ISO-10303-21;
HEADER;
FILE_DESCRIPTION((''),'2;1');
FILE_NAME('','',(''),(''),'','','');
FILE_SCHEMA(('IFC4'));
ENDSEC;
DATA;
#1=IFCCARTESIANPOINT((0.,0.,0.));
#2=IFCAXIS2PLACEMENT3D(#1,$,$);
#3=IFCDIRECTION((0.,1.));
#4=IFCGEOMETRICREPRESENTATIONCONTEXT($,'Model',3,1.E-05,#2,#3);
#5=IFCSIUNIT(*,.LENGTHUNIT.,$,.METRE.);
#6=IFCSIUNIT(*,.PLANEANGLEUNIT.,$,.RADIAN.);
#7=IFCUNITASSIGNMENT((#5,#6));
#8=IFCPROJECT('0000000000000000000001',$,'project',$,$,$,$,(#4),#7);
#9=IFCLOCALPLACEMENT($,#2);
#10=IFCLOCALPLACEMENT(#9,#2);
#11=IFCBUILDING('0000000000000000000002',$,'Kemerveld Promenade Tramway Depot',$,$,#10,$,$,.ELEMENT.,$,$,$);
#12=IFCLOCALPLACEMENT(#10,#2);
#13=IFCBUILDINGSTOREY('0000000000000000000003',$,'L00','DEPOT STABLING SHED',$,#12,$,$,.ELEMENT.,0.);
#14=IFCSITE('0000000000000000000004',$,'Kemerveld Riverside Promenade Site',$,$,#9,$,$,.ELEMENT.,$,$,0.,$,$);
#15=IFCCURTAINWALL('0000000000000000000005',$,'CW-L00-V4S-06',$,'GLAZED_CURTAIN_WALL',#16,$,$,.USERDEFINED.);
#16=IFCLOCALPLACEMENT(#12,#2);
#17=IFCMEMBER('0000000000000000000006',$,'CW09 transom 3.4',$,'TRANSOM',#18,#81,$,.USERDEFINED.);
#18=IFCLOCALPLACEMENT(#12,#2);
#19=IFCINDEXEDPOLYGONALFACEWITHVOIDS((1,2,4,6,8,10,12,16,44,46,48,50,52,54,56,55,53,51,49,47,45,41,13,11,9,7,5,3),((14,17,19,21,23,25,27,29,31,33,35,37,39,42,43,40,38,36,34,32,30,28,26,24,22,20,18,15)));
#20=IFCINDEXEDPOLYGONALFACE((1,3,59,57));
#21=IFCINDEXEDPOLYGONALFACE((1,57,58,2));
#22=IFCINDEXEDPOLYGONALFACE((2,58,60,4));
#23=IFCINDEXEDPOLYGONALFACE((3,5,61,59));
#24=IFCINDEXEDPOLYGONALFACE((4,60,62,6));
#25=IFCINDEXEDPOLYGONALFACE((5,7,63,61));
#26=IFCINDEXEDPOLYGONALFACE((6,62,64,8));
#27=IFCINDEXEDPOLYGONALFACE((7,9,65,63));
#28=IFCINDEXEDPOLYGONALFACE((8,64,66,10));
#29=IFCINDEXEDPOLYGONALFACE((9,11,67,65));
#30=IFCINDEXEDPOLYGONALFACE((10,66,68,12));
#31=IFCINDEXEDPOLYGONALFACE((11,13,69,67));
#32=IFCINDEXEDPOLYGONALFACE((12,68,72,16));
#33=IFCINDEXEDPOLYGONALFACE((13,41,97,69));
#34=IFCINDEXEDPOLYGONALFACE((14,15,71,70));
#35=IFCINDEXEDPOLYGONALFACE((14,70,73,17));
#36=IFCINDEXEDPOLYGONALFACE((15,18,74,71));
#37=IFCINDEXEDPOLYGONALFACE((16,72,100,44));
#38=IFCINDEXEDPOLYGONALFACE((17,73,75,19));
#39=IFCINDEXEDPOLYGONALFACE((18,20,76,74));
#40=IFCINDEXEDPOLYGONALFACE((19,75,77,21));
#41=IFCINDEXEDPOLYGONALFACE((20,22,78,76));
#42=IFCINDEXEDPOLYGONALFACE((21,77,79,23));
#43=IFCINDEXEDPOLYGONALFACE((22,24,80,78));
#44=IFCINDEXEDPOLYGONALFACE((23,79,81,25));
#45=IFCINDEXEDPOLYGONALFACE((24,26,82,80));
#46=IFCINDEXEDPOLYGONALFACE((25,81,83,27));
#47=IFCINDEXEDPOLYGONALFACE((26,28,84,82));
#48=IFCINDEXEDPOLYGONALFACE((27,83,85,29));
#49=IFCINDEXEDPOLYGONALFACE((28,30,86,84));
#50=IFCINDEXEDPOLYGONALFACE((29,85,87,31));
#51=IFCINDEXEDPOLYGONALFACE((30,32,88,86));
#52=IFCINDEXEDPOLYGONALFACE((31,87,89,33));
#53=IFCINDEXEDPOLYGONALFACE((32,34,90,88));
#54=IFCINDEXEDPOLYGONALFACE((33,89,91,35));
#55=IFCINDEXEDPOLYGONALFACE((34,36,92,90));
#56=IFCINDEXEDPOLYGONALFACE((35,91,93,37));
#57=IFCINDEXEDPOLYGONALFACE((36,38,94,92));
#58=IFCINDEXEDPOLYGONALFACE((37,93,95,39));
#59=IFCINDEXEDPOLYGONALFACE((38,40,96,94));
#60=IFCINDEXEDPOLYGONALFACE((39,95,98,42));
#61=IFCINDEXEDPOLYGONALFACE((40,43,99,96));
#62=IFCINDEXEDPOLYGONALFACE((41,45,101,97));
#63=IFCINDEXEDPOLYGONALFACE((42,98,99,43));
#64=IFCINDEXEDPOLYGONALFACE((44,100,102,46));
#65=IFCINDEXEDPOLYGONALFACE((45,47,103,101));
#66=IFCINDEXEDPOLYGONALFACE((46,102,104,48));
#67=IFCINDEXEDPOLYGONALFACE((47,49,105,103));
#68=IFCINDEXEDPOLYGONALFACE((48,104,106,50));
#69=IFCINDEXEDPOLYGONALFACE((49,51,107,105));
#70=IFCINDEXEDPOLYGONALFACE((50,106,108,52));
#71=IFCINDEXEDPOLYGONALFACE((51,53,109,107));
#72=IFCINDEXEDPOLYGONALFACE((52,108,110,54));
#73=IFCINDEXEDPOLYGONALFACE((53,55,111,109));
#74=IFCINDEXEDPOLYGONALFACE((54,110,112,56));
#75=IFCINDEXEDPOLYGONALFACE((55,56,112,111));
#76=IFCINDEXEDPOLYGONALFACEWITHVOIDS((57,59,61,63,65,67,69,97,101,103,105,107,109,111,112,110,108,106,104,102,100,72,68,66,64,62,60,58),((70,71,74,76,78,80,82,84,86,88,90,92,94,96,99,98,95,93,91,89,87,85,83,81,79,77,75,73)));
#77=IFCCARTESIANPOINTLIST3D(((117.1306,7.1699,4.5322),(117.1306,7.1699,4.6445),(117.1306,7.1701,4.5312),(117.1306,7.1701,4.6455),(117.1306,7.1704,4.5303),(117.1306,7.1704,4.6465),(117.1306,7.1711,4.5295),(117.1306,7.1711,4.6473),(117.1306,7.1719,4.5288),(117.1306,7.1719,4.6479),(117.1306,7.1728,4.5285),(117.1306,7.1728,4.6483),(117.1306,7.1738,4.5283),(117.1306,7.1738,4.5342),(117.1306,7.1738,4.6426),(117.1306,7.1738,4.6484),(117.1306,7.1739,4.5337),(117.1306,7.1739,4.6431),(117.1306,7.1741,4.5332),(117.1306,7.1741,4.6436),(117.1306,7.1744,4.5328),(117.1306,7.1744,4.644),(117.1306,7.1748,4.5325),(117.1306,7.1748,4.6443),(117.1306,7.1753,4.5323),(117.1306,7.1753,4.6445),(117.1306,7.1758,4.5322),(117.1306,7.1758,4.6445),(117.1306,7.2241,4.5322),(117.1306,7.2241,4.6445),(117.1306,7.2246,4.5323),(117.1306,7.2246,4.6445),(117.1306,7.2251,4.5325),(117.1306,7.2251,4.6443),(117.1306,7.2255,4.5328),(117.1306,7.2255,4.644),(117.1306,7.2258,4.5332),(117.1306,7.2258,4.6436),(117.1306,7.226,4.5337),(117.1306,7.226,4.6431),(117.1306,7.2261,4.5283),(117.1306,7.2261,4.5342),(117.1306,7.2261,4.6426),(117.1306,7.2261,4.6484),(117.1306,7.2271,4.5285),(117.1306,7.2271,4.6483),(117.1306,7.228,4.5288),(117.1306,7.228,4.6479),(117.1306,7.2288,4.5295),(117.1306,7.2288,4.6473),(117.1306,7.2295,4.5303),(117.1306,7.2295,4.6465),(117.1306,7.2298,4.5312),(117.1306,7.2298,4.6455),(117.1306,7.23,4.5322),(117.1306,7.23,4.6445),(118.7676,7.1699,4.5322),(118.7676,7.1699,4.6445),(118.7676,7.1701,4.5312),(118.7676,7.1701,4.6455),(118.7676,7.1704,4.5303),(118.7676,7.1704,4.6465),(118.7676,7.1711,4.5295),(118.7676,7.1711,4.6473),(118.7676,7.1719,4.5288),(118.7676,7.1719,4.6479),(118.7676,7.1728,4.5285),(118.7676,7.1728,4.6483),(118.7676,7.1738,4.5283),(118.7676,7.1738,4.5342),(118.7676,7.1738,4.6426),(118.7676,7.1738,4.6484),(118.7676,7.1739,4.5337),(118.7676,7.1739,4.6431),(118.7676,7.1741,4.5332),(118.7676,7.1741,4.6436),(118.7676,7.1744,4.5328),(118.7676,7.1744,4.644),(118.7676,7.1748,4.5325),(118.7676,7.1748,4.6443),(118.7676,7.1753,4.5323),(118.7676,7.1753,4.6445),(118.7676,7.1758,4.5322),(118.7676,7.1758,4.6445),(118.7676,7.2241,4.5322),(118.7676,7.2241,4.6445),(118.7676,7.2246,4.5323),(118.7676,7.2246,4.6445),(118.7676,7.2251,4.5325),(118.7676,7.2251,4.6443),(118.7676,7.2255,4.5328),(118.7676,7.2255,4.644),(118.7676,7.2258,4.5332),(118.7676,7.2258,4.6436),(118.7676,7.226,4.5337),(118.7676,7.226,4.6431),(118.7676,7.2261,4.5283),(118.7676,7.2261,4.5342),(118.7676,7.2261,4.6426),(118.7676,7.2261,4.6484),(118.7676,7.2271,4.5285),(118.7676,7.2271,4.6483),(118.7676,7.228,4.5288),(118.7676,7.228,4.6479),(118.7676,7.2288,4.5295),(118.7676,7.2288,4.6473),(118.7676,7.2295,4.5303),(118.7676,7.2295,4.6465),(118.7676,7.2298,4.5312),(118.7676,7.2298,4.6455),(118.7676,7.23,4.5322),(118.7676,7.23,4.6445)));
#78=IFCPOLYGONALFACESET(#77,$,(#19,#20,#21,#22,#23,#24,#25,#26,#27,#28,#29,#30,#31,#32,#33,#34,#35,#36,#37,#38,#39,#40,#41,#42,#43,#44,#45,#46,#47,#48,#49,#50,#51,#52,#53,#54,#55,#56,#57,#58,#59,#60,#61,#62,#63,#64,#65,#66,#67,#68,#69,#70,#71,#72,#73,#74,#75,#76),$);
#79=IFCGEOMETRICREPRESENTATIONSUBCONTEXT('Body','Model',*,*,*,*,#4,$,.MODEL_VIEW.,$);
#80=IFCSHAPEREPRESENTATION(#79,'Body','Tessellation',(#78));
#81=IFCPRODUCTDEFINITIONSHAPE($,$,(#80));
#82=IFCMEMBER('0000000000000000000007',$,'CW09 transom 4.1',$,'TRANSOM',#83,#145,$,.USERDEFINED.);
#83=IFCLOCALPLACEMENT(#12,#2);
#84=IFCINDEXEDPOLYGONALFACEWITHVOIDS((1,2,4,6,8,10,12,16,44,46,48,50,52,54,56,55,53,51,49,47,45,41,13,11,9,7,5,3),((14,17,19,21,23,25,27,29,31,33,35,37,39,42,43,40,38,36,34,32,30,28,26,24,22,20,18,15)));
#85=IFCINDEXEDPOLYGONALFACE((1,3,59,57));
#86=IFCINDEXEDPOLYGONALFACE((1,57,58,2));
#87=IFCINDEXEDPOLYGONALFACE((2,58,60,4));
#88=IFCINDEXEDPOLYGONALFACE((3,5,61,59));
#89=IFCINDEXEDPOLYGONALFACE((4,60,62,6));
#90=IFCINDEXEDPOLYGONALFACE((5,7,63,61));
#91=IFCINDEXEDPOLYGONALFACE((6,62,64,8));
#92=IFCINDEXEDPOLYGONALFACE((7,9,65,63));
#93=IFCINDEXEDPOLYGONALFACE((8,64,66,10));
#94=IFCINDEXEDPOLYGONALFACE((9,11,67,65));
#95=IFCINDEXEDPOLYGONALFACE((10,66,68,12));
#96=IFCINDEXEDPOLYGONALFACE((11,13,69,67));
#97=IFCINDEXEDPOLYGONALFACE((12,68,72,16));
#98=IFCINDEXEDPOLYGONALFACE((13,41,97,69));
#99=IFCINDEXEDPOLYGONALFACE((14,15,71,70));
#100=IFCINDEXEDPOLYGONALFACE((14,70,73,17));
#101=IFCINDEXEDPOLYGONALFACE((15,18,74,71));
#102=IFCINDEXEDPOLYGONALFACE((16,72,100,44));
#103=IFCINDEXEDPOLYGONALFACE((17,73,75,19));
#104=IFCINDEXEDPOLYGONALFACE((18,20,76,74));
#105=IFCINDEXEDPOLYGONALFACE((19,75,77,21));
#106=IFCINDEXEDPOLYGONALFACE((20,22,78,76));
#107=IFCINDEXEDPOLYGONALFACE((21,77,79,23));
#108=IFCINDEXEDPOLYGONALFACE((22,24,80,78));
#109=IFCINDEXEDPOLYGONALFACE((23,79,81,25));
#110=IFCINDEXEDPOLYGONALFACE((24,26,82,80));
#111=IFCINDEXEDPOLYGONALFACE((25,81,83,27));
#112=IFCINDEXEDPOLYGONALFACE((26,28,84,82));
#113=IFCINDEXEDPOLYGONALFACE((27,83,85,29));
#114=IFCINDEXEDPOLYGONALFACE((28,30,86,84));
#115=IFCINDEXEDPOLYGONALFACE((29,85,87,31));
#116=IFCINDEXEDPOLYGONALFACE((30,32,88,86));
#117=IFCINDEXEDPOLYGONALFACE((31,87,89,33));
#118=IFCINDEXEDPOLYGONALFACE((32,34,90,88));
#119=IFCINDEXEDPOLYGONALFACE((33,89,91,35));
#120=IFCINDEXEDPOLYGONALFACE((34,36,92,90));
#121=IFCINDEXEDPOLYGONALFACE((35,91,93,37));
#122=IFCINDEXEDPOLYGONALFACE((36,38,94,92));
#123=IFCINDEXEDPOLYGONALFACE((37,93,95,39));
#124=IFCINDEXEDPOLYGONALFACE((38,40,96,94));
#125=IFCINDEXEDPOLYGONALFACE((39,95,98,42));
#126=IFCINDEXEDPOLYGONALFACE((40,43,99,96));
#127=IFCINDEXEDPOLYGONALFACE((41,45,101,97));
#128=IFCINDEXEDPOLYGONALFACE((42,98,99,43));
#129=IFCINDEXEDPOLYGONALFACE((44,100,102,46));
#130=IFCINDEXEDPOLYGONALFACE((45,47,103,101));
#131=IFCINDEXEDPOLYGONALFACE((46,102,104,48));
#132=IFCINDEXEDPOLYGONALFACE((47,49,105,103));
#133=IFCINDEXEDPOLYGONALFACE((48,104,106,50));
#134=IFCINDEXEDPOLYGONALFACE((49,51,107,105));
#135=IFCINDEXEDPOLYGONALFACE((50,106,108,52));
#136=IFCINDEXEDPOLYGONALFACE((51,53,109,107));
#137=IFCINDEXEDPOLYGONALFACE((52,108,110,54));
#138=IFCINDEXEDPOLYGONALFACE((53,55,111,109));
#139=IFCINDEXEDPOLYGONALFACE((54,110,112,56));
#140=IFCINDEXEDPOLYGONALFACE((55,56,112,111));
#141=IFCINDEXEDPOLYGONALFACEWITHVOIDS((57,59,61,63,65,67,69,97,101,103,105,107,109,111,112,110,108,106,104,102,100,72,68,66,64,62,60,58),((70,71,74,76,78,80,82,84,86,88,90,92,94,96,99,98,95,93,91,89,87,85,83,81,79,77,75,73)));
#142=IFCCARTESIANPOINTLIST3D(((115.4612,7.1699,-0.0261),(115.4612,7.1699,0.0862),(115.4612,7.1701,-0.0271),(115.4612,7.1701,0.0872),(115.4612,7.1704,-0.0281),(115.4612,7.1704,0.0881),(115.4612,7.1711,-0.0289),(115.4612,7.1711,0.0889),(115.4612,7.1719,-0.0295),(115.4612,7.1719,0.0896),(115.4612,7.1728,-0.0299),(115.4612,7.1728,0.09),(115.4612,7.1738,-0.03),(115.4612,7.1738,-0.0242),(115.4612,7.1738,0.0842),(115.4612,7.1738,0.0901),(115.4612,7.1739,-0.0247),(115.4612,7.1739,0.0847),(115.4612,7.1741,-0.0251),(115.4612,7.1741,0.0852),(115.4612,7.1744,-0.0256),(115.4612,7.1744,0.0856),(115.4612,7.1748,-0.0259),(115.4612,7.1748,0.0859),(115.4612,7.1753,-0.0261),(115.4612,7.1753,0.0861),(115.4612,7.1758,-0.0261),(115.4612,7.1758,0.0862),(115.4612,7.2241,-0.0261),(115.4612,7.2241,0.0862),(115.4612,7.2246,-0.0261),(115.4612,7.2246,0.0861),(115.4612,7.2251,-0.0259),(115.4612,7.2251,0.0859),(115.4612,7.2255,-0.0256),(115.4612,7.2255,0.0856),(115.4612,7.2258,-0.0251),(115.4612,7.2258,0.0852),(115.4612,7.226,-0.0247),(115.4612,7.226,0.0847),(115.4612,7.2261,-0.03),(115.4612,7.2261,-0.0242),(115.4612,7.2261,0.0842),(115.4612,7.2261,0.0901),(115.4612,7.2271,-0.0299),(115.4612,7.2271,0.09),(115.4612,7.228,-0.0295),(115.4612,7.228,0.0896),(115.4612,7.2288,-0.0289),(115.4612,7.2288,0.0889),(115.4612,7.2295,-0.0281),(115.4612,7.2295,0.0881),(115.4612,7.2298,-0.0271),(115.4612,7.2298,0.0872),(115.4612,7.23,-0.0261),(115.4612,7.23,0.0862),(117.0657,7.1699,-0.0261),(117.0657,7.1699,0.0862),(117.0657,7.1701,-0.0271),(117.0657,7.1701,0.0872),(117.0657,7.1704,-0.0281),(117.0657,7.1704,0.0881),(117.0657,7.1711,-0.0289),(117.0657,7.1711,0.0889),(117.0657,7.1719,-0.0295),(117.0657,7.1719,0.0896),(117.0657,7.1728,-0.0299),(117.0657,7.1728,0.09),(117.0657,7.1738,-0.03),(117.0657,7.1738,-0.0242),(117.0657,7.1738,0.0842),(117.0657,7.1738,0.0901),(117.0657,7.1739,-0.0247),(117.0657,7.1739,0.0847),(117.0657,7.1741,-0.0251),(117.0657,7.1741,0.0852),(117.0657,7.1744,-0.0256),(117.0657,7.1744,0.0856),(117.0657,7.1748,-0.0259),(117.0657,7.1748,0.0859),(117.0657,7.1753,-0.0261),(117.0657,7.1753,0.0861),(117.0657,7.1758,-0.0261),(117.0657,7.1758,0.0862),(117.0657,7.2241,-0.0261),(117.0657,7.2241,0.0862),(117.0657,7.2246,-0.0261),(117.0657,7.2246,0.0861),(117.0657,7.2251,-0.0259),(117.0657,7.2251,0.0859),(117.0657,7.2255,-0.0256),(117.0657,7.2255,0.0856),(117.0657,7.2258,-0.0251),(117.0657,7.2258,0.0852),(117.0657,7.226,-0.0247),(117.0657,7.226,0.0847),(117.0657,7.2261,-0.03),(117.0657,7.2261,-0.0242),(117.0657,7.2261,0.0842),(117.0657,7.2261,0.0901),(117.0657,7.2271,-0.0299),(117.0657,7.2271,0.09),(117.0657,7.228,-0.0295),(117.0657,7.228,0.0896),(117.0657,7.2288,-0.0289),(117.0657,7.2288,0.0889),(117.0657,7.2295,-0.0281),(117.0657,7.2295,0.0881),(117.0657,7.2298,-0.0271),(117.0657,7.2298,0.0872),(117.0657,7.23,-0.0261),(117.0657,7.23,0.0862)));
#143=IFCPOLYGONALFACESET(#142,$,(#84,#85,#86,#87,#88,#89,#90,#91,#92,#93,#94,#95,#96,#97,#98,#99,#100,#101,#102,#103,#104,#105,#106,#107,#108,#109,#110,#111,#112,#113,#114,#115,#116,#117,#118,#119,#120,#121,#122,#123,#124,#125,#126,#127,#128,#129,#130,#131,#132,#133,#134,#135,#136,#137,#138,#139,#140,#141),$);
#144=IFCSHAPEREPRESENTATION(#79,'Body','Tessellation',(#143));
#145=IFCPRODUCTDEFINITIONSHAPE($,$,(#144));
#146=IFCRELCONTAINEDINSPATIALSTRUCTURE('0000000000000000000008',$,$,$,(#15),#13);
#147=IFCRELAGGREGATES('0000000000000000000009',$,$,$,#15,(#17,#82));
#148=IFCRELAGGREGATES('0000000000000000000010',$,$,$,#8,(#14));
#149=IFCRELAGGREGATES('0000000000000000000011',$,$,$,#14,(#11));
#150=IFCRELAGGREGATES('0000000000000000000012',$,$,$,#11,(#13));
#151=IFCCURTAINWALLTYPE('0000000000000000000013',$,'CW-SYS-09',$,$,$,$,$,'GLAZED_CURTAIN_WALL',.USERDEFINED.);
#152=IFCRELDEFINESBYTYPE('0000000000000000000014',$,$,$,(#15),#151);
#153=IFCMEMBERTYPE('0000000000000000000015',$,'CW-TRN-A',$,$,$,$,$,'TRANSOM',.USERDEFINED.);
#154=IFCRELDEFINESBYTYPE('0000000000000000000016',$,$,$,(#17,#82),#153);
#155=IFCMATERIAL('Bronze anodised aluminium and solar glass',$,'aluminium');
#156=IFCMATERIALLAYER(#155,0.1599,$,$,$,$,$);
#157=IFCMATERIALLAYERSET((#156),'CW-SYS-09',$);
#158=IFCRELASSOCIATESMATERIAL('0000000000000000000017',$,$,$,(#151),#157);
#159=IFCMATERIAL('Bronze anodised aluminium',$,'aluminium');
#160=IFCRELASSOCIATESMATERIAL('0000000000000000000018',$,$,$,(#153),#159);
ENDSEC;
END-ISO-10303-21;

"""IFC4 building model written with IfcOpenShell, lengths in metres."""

from ifc_helpers import new_model, si_unit, direction, frame, origin, origin_2d, place, context, subcontext, project, spatial, hollow_rectangle, extrude, material, layer, layer_set, material_profile, profile_set, type_object, element, aggregate, save


model = new_model("IFC4")

# Units and contexts
model_context = context("Model", 3, precision=1e-05, world=origin(), true_north=direction((0.0, 1.0)))
body_context = subcontext(model_context, "Body", "Model", "MODEL_VIEW")
ifc_project = project(units=[si_unit("LENGTHUNIT", "METRE"), si_unit("PLANEANGLEUNIT", "RADIAN")], contexts=[model_context])

# Site, building, storey
site_placement = place(None, origin())
site = spatial("IfcSite", under=ifc_project, at=site_placement, Name="Kemerveld Riverside Promenade Site", CompositionType="ELEMENT", RefElevation=0.0)
building_placement = place(site_placement, origin())
building = spatial("IfcBuilding", under=site, at=building_placement, Name="Kemerveld Promenade Tramway Depot", CompositionType="ELEMENT")
storey_placement = place(building_placement, origin())
storey = spatial("IfcBuildingStorey", under=building, at=storey_placement, Name="L00", Description="DEPOT STABLING SHED", CompositionType="ELEMENT", Elevation=0.0)

# Curtain wall, members
ifc_material_1 = material(Name="Bronze anodised aluminium and solar glass", Category="aluminium")
ifc_layer_1 = layer(ifc_material_1, 0.1599)
ifc_layer_set_1 = layer_set([ifc_layer_1], Name="CW-SYS-09")
curtain_wall_type = type_object("IfcCurtainWallType", Name="CW-SYS-09", ElementType="GLAZED_CURTAIN_WALL", PredefinedType="USERDEFINED", material=ifc_layer_set_1)
curtain_wall_placement = place(storey_placement, origin())
curtain_wall = element("IfcCurtainWall", 1, at=curtain_wall_placement, inside=storey, type_object=curtain_wall_type, Name="CW-L00-V4S-06", ObjectType="GLAZED_CURTAIN_WALL", PredefinedType="USERDEFINED")
ifc_material_2 = material(Name="Bronze anodised aluminium", Category="aluminium")
ifc_material_profile_1 = material_profile(ifc_material_2, hollow_rectangle(XDim=0.0601, YDim=0.1201, WallThickness=0.0039, InnerFilletRadius=0.002, OuterFilletRadius=0.0039, at=origin_2d()), Name="CW-TRN-120x60")
ifc_profile_set_1 = profile_set([ifc_material_profile_1], Name="Bronze anodised aluminium")
member_type_1 = type_object("IfcMemberType", Name="CW-TRN-A", ElementType="TRANSOM", PredefinedType="USERDEFINED", material=ifc_profile_set_1)
member_1_placement = place(storey_placement, frame((118.7676, 7.2, 4.5884), z_axis=(-1.0, 0.0, 0.0), x_axis=(0.0, -1.0, 0.0)))
member_1 = element("IfcMember", 2, at=member_1_placement, type_object=member_type_1, Name="CW09 transom 3.4", ObjectType="TRANSOM", PredefinedType="USERDEFINED", context=body_context, shape_type="SweptSolid", body=[
    extrude(hollow_rectangle(XDim=0.0601, YDim=0.1201, WallThickness=0.0039, InnerFilletRadius=0.002, OuterFilletRadius=0.0039, at=origin_2d()), origin(), (0.0, 0.0, 1.0), 1.637),
])
member_2_placement = place(storey_placement, frame((117.0657, 7.2, 0.03), z_axis=(-1.0, 0.0, 0.0), x_axis=(0.0, -1.0, 0.0)))
member_2 = element("IfcMember", 3, at=member_2_placement, type_object=member_type_1, Name="CW09 transom 4.1", ObjectType="TRANSOM", PredefinedType="USERDEFINED", context=body_context, shape_type="SweptSolid", body=[
    extrude(hollow_rectangle(XDim=0.0601, YDim=0.1201, WallThickness=0.0039, InnerFilletRadius=0.002, OuterFilletRadius=0.0039, at=origin_2d()), origin(), (0.0, 0.0, 1.0), 1.6045),
])
aggregate(curtain_wall, [member_1, member_2])

save(model, "model.ifc")
